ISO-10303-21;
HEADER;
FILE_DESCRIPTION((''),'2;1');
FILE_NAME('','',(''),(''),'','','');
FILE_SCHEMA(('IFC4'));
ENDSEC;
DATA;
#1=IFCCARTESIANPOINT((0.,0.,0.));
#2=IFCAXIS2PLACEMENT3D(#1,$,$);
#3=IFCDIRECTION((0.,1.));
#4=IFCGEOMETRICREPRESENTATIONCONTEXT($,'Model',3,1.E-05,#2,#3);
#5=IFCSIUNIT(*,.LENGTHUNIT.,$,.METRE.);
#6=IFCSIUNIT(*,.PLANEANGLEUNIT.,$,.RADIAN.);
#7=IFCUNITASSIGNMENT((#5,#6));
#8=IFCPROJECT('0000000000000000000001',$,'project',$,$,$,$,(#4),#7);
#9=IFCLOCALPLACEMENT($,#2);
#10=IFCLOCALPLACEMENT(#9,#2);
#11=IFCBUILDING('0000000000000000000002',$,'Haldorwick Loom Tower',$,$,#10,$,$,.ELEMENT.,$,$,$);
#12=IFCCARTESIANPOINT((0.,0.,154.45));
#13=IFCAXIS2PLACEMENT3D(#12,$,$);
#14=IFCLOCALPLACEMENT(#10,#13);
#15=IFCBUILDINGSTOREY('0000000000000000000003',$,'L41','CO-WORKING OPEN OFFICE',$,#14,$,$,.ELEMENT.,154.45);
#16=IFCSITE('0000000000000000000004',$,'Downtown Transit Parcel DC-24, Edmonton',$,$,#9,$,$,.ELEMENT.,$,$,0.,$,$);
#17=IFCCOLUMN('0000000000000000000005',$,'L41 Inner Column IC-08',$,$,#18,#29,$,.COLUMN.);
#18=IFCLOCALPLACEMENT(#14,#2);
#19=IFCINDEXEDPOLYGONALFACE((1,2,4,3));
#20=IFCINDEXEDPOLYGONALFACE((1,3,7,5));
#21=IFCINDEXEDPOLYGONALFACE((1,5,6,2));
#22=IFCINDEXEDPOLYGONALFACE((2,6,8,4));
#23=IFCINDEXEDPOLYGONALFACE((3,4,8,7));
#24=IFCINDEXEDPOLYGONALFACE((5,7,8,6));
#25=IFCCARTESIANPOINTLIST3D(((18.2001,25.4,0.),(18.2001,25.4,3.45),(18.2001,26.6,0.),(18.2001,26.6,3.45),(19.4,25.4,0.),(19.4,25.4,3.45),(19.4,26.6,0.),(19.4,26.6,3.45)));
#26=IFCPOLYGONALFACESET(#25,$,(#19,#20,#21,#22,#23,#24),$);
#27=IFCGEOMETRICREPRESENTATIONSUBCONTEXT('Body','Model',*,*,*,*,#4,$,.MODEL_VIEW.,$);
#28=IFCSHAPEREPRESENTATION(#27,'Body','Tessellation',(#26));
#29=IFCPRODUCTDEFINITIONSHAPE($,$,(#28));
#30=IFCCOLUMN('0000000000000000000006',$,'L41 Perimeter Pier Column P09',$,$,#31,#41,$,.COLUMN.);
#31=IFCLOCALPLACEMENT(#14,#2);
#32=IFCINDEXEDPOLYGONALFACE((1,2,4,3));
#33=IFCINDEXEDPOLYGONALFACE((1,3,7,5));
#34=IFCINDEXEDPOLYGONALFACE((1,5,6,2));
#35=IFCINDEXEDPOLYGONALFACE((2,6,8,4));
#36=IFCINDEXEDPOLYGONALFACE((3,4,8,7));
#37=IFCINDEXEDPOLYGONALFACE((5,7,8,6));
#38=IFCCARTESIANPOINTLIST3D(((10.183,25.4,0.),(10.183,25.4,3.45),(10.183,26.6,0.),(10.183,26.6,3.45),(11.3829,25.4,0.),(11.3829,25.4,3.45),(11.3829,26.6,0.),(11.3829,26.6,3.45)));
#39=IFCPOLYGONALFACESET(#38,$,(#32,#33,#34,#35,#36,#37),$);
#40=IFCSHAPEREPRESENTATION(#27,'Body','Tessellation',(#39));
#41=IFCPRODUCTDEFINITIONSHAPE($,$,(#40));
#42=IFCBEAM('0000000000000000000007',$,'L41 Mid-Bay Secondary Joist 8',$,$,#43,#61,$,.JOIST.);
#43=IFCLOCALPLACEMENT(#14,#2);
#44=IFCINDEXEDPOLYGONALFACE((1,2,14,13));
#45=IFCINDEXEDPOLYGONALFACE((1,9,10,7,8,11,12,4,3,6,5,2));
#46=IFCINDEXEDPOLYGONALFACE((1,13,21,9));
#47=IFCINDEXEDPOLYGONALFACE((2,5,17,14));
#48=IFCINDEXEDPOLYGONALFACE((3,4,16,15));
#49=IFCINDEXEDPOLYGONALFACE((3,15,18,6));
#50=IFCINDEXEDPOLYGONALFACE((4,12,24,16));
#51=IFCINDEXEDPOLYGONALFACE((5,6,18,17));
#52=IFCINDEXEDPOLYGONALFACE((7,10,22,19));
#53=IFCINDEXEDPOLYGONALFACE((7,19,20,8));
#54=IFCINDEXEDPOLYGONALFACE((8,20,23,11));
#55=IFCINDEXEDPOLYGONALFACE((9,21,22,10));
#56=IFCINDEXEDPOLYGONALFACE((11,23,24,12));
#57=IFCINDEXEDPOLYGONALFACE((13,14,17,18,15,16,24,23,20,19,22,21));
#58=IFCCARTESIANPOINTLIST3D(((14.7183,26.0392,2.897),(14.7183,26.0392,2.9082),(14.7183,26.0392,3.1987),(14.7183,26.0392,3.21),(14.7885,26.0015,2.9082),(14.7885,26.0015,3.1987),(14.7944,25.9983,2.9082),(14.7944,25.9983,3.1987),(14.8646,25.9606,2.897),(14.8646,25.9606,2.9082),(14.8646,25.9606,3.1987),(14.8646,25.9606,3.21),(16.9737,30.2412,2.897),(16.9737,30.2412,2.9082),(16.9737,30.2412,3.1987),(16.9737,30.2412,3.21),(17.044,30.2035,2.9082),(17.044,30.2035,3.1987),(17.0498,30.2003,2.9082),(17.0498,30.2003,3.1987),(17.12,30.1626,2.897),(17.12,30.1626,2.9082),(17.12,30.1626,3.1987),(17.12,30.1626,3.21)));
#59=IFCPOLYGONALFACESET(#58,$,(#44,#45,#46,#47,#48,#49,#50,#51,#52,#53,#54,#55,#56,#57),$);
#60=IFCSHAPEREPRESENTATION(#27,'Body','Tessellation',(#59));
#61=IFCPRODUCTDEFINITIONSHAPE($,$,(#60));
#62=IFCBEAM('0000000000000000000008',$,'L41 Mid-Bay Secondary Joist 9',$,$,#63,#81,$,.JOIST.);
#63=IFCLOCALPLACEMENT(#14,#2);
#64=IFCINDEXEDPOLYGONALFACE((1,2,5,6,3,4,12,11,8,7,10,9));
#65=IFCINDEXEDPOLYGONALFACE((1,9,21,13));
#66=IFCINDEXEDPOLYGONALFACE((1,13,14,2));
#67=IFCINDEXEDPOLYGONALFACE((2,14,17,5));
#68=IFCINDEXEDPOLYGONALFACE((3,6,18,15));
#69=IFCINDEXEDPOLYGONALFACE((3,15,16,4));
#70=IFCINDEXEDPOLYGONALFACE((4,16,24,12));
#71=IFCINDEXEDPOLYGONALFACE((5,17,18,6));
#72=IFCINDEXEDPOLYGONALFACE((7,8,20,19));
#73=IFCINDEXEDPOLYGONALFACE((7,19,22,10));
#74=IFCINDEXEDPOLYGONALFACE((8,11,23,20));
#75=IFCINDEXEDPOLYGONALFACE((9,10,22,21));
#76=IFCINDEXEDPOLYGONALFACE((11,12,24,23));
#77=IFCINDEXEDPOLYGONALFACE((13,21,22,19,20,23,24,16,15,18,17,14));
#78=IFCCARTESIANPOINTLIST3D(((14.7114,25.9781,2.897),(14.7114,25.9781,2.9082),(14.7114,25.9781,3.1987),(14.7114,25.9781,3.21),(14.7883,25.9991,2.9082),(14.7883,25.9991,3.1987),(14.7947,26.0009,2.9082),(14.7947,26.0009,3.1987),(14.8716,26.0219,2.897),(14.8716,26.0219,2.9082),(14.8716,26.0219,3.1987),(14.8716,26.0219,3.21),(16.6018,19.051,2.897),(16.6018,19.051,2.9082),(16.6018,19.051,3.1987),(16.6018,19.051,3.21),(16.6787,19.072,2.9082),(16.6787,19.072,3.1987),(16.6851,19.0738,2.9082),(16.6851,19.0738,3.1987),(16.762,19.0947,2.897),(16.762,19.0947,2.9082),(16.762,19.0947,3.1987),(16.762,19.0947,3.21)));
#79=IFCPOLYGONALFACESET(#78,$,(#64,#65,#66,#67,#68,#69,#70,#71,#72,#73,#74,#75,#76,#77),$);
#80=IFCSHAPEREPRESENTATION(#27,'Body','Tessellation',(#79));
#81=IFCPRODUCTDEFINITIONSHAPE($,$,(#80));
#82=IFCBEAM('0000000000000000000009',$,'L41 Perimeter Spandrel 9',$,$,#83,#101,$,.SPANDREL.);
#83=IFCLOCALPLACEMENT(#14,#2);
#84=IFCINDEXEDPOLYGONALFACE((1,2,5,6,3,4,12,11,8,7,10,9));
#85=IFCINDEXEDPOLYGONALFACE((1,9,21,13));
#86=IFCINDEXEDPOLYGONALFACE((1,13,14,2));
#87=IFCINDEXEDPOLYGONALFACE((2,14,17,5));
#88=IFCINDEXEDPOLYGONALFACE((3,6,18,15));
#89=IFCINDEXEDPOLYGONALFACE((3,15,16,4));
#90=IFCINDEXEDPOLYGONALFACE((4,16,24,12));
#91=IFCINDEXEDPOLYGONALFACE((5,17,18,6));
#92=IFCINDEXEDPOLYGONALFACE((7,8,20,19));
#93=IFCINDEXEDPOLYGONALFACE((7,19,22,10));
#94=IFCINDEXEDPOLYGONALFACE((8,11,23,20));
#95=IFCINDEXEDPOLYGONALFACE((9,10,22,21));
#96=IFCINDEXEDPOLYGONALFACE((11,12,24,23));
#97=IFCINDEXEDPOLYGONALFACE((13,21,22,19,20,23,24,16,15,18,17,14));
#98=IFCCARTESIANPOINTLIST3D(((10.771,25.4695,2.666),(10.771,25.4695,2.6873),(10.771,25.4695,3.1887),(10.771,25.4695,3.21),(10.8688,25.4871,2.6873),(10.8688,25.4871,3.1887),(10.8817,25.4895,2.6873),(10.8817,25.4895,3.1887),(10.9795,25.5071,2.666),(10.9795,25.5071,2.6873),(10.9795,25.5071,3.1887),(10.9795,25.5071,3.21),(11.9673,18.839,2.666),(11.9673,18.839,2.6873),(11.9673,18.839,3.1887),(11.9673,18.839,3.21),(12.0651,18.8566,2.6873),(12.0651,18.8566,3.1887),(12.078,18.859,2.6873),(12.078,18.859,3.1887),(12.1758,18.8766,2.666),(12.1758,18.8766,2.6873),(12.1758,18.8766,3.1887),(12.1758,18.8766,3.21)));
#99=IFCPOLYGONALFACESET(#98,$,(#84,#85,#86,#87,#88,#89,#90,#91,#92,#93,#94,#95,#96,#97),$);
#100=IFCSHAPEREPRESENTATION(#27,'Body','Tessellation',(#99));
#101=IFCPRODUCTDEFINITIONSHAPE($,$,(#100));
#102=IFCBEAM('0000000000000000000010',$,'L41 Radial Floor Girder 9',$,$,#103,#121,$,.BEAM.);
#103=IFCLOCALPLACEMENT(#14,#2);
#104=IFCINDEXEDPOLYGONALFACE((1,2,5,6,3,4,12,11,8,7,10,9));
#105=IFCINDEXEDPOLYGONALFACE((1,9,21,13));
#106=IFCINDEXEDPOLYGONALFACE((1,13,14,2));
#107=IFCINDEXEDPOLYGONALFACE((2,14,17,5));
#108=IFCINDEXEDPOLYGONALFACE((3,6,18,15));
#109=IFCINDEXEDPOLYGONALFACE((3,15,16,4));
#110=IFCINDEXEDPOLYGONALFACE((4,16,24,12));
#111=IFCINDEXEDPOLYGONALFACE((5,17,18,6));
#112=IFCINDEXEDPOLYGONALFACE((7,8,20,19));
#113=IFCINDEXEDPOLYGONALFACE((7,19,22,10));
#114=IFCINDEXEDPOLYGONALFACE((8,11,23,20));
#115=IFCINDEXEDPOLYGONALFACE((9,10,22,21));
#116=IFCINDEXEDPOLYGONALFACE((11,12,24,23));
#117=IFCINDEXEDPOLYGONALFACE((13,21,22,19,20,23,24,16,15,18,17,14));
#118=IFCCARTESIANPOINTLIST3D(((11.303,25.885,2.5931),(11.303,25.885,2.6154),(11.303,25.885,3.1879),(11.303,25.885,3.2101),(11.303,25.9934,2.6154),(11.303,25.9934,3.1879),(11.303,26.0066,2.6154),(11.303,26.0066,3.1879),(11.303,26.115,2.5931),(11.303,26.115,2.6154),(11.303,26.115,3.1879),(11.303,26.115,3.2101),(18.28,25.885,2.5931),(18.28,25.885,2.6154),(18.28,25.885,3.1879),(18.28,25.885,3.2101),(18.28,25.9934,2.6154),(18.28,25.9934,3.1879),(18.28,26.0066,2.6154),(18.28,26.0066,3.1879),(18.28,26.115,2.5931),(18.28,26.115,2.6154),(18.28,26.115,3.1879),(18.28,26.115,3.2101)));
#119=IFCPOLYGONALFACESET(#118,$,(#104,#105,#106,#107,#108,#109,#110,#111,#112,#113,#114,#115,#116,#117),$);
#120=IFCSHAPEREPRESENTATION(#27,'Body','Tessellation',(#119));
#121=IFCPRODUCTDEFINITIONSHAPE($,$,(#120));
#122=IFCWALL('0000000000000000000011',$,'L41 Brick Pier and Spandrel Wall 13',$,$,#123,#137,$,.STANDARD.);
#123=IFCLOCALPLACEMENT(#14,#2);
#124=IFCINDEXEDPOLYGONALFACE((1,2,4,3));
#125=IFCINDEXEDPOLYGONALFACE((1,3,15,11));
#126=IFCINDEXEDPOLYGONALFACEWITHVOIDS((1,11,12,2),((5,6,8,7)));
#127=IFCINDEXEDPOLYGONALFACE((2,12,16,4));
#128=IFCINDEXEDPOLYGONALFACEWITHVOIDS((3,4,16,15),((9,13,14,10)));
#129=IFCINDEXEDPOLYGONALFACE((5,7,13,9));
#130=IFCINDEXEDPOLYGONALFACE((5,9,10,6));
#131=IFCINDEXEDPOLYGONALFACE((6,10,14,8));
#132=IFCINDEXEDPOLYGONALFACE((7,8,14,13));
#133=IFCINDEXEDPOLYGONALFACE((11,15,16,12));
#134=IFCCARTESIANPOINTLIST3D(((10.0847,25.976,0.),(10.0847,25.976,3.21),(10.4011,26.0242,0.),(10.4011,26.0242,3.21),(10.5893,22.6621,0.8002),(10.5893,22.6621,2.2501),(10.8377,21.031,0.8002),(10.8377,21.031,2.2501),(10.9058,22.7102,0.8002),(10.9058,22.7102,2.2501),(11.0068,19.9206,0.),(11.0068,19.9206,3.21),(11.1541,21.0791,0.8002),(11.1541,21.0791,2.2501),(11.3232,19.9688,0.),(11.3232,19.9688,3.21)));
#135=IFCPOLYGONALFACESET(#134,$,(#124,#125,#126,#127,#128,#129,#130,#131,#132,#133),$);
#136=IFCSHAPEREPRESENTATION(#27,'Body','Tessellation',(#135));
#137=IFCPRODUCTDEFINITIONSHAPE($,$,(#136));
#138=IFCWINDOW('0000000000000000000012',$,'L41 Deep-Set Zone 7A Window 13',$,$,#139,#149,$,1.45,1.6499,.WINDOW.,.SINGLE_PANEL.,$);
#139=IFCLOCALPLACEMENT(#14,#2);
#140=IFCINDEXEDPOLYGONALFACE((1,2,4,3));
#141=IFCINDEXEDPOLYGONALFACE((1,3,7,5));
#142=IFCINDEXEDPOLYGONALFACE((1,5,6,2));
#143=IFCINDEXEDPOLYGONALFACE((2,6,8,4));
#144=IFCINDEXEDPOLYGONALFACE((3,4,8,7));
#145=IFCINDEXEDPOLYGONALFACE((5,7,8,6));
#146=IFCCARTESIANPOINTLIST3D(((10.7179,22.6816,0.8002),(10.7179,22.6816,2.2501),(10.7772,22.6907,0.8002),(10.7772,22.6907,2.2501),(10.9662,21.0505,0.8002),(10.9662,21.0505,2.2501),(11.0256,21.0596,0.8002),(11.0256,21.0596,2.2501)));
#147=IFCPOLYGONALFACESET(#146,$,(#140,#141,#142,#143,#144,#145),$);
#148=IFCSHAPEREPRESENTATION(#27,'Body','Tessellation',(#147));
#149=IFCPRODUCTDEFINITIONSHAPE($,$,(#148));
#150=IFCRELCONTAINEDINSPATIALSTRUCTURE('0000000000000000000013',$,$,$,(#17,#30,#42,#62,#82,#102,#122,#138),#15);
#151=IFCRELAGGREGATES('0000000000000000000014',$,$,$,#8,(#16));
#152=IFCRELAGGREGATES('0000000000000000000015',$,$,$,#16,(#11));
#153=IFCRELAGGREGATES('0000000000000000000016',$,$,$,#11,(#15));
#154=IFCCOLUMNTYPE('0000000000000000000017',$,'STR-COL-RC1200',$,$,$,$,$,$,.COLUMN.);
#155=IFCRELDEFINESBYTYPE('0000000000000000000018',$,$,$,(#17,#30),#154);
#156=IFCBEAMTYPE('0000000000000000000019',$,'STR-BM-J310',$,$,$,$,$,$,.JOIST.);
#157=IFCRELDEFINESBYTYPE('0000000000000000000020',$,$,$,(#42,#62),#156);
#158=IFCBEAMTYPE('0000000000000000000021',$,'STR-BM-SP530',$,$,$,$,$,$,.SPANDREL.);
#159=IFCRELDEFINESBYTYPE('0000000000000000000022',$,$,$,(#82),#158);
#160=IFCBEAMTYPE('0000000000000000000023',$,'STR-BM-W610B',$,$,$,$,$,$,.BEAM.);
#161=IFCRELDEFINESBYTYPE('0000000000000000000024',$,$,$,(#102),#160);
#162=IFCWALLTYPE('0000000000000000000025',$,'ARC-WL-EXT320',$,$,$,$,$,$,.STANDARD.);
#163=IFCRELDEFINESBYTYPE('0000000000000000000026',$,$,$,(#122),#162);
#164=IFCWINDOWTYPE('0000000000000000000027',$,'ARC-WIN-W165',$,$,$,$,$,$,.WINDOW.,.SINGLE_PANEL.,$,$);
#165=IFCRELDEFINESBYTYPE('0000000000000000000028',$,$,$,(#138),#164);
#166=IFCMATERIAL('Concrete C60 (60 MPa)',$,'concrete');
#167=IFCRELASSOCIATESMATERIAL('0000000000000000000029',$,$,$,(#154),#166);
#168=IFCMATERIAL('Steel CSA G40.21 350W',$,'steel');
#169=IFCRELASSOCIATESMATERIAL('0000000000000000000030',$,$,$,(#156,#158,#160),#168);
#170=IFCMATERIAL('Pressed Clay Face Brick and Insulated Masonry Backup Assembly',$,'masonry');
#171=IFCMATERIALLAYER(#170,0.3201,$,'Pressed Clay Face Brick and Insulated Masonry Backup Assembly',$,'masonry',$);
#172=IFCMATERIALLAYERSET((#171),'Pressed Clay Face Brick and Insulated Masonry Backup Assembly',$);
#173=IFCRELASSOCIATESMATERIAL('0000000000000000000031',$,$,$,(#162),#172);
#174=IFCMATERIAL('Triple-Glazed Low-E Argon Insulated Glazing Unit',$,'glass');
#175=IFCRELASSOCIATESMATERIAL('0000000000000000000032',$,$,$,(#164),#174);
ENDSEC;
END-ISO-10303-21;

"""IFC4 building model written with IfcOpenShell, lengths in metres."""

from ifc_helpers import new_model, si_unit, direction, frame, frame_2d, origin, origin_2d, place, context, subcontext, project, spatial, rectangle, i_section, extrude, material, layer, layer_set, material_profile, profile_set, type_object, element, fill, save


model = new_model("IFC4")

# Units and contexts
model_context = context("Model", 3, precision=1e-05, world=origin(), true_north=direction((0.0, 1.0)))
body_context = subcontext(model_context, "Body", "Model", "MODEL_VIEW")
ifc_project = project(units=[si_unit("LENGTHUNIT", "METRE"), si_unit("PLANEANGLEUNIT", "RADIAN")], contexts=[model_context])

# Site, building, storey
site_placement = place(None, origin())
site = spatial("IfcSite", under=ifc_project, at=site_placement, Name="Downtown Transit Parcel DC-24, Edmonton", CompositionType="ELEMENT", RefElevation=0.0)
building_placement = place(site_placement, origin())
building = spatial("IfcBuilding", under=site, at=building_placement, Name="Haldorwick Loom Tower", CompositionType="ELEMENT")
storey_placement = place(building_placement, frame((0.0, 0.0, 154.45)))
storey = spatial("IfcBuildingStorey", under=building, at=storey_placement, Name="L41", Description="CO-WORKING OPEN OFFICE", CompositionType="ELEMENT", Elevation=154.45)

# Columns
ifc_material_1 = material(Name="Concrete C60 (60 MPa)", Category="concrete")
ifc_material_profile_1 = material_profile(ifc_material_1, rectangle(XDim=1.2, YDim=1.2, at=origin_2d()), Name="RC1200X1200", Category="concrete")
ifc_profile_set_1 = profile_set([ifc_material_profile_1], Name="Concrete C60 (60 MPa)")
column_type = type_object("IfcColumnType", Name="STR-COL-RC1200", PredefinedType="COLUMN", material=ifc_profile_set_1)
for number, where, z_axis, x_axis, name in (
    (1, (18.8, 26.0, 0.0), (0.0, 0.0, 1.0), (1.0, 0.0, 0.0), "L41 Inner Column IC-08"),
    (2, (10.783, 26.0, 0.0), (0.0, 0.0, 1.0), (-1.0, 0.0, 0.0), "L41 Perimeter Pier Column P09"),
):
    element("IfcColumn", number, at=place(storey_placement, frame(where, z_axis=z_axis, x_axis=x_axis)), inside=storey, type_object=column_type, Name=name, PredefinedType="COLUMN", context=body_context, shape_type="SweptSolid", body=[
        extrude(rectangle(XDim=1.2, YDim=1.2, at=origin_2d()), origin(), (0.0, 0.0, 1.0), 3.45),
    ])

# Beams
ifc_material_2 = material(Name="Steel CSA G40.21 350W", Category="steel")
ifc_material_profile_2 = material_profile(ifc_material_2, i_section(OverallWidth=0.166, OverallDepth=0.313, WebThickness=0.0066, FlangeThickness=0.0112, at=origin_2d()), Name="W310X45", Category="steel")
ifc_profile_set_2 = profile_set([ifc_material_profile_2], Name="Steel CSA G40.21 350W")
beam_type_1 = type_object("IfcBeamType", Name="STR-BM-J310", PredefinedType="JOIST", material=ifc_profile_set_2)
beam_1_placement = place(storey_placement, frame((17.0469, 30.2019, 3.0535), z_axis=(-0.47293, -0.8811, 0.0), x_axis=(0.8811, -0.47293, 0.0)))
element("IfcBeam", 3, at=beam_1_placement, inside=storey, type_object=beam_type_1, Name="L41 Mid-Bay Secondary Joist 8", PredefinedType="JOIST", context=body_context, shape_type="SweptSolid", body=[
    extrude(i_section(OverallWidth=0.166, OverallDepth=0.313, WebThickness=0.0066, FlangeThickness=0.0112, at=origin_2d()), origin(), (0.0, 0.0, 1.0), 4.769),
])
beam_2_placement = place(storey_placement, frame((14.7915, 26.0, 3.0535), z_axis=(0.263273, -0.964721, 0.0), x_axis=(0.964721, 0.263273, 0.0)))
element("IfcBeam", 4, at=beam_2_placement, inside=storey, type_object=beam_type_1, Name="L41 Mid-Bay Secondary Joist 9", PredefinedType="JOIST", context=body_context, shape_type="SweptSolid", body=[
    extrude(i_section(OverallWidth=0.166, OverallDepth=0.313, WebThickness=0.0066, FlangeThickness=0.0112, at=origin_2d()), origin(), (0.0, 0.0, 1.0), 7.1804),
])
ifc_material_profile_3 = material_profile(ifc_material_2, i_section(OverallWidth=0.2119, OverallDepth=0.5439, WebThickness=0.0132, FlangeThickness=0.0212, at=origin_2d()), Name="W530X123", Category="steel")
ifc_profile_set_3 = profile_set([ifc_material_profile_3], Name="Steel CSA G40.21 350W")
beam_type_2 = type_object("IfcBeamType", Name="STR-BM-SP530", PredefinedType="SPANDREL", material=ifc_profile_set_3)
beam_3_placement = place(storey_placement, frame((10.8752, 25.4883, 2.938), z_axis=(0.177559, -0.98411, 0.0), x_axis=(0.98411, 0.177559, 0.0)))
element("IfcBeam", 5, at=beam_3_placement, inside=storey, type_object=beam_type_2, Name="L41 Perimeter Spandrel 9", PredefinedType="SPANDREL", context=body_context, shape_type="SweptSolid", body=[
    extrude(i_section(OverallWidth=0.2119, OverallDepth=0.5439, WebThickness=0.0132, FlangeThickness=0.0212, at=origin_2d()), origin(), (0.0, 0.0, 1.0), 6.7375),
])
ifc_material_profile_4 = material_profile(ifc_material_2, i_section(OverallWidth=0.23, OverallDepth=0.6169, WebThickness=0.0132, FlangeThickness=0.0222, at=origin_2d()), Name="W610X140", Category="steel")
ifc_profile_set_4 = profile_set([ifc_material_profile_4], Name="Steel CSA G40.21 350W")
beam_type_3 = type_object("IfcBeamType", Name="STR-BM-W610B", PredefinedType="BEAM", material=ifc_profile_set_4)
beam_4_placement = place(storey_placement, frame((18.28, 26.0, 2.9016), z_axis=(-1.0, 0.0, 0.0), x_axis=(0.0, -1.0, 0.0)))
element("IfcBeam", 6, at=beam_4_placement, inside=storey, type_object=beam_type_3, Name="L41 Radial Floor Girder 9", PredefinedType="BEAM", context=body_context, shape_type="SweptSolid", body=[
    extrude(i_section(OverallWidth=0.23, OverallDepth=0.6169, WebThickness=0.0132, FlangeThickness=0.0222, at=origin_2d()), origin(), (0.0, 0.0, 1.0), 6.9771),
])

# Wall, opening, window
ifc_material_3 = material(Name="Pressed Clay Face Brick and Insulated Masonry Backup Assembly", Category="masonry")
ifc_layer_1 = layer(ifc_material_3, 0.3201, Name="Pressed Clay Face Brick and Insulated Masonry Backup Assembly", Category="masonry")
ifc_layer_set_1 = layer_set([ifc_layer_1], Name="Pressed Clay Face Brick and Insulated Masonry Backup Assembly")
wall_type_1 = type_object("IfcWallType", Name="ARC-WL-EXT320", PredefinedType="STANDARD", material=ifc_layer_set_1)
wall_1_placement = place(storey_placement, frame((10.2429, 26.0, 0.0), z_axis=(0.0, 0.0, 1.0), x_axis=(0.150544, -0.988603, 0.0)))
wall_1 = element("IfcWall", 7, at=wall_1_placement, inside=storey, type_object=wall_type_1, Name="L41 Brick Pier and Spandrel Wall 13", PredefinedType="STANDARD", context=body_context, shape_type="SweptSolid", body=[
    extrude(rectangle(XDim=6.1252, YDim=0.3201, at=frame_2d((3.0625, 0.0))), origin(), (0.0, 0.0, 1.0), 3.21),
])
opening_1_placement = place(wall_1_placement, frame((3.3521, 0.0, 0.8)))
opening_1 = element("IfcOpeningElement", 8, at=opening_1_placement, cuts=wall_1, PredefinedType="OPENING", context=body_context, shape_type="SweptSolid", body=[
    extrude(rectangle(XDim=1.6499, YDim=1.45, at=frame_2d((0.825, 0.7251))), frame((0.0, 0.1699, 0.0), z_axis=(0.0, -1.0, 0.0), x_axis=(1.0, 0.0, 0.0)), (0.0, 0.0, 1.0), 0.3401),
])
ifc_material_4 = material(Name="Triple-Glazed Low-E Argon Insulated Glazing Unit", Category="glass")
window_type = type_object("IfcWindowType", Name="ARC-WIN-W165", PartitioningType="SINGLE_PANEL", PredefinedType="WINDOW", material=ifc_material_4)
window_placement = place(opening_1_placement, origin())
window = element("IfcWindow", 9, at=window_placement, inside=storey, type_object=window_type, Name="L41 Deep-Set Zone 7A Window 13", OverallHeight=1.45, OverallWidth=1.6499, PartitioningType="SINGLE_PANEL", PredefinedType="WINDOW", context=body_context, shape_type="SweptSolid", body=[
    extrude(rectangle(XDim=1.6499, YDim=1.45, at=frame_2d((0.825, 0.7251))), frame((0.0, 0.03, 0.0), z_axis=(0.0, -1.0, 0.0), x_axis=(1.0, 0.0, 0.0)), (0.0, 0.0, 1.0), 0.0601),
])
fill(opening_1, window)

save(model, "model.ifc")
